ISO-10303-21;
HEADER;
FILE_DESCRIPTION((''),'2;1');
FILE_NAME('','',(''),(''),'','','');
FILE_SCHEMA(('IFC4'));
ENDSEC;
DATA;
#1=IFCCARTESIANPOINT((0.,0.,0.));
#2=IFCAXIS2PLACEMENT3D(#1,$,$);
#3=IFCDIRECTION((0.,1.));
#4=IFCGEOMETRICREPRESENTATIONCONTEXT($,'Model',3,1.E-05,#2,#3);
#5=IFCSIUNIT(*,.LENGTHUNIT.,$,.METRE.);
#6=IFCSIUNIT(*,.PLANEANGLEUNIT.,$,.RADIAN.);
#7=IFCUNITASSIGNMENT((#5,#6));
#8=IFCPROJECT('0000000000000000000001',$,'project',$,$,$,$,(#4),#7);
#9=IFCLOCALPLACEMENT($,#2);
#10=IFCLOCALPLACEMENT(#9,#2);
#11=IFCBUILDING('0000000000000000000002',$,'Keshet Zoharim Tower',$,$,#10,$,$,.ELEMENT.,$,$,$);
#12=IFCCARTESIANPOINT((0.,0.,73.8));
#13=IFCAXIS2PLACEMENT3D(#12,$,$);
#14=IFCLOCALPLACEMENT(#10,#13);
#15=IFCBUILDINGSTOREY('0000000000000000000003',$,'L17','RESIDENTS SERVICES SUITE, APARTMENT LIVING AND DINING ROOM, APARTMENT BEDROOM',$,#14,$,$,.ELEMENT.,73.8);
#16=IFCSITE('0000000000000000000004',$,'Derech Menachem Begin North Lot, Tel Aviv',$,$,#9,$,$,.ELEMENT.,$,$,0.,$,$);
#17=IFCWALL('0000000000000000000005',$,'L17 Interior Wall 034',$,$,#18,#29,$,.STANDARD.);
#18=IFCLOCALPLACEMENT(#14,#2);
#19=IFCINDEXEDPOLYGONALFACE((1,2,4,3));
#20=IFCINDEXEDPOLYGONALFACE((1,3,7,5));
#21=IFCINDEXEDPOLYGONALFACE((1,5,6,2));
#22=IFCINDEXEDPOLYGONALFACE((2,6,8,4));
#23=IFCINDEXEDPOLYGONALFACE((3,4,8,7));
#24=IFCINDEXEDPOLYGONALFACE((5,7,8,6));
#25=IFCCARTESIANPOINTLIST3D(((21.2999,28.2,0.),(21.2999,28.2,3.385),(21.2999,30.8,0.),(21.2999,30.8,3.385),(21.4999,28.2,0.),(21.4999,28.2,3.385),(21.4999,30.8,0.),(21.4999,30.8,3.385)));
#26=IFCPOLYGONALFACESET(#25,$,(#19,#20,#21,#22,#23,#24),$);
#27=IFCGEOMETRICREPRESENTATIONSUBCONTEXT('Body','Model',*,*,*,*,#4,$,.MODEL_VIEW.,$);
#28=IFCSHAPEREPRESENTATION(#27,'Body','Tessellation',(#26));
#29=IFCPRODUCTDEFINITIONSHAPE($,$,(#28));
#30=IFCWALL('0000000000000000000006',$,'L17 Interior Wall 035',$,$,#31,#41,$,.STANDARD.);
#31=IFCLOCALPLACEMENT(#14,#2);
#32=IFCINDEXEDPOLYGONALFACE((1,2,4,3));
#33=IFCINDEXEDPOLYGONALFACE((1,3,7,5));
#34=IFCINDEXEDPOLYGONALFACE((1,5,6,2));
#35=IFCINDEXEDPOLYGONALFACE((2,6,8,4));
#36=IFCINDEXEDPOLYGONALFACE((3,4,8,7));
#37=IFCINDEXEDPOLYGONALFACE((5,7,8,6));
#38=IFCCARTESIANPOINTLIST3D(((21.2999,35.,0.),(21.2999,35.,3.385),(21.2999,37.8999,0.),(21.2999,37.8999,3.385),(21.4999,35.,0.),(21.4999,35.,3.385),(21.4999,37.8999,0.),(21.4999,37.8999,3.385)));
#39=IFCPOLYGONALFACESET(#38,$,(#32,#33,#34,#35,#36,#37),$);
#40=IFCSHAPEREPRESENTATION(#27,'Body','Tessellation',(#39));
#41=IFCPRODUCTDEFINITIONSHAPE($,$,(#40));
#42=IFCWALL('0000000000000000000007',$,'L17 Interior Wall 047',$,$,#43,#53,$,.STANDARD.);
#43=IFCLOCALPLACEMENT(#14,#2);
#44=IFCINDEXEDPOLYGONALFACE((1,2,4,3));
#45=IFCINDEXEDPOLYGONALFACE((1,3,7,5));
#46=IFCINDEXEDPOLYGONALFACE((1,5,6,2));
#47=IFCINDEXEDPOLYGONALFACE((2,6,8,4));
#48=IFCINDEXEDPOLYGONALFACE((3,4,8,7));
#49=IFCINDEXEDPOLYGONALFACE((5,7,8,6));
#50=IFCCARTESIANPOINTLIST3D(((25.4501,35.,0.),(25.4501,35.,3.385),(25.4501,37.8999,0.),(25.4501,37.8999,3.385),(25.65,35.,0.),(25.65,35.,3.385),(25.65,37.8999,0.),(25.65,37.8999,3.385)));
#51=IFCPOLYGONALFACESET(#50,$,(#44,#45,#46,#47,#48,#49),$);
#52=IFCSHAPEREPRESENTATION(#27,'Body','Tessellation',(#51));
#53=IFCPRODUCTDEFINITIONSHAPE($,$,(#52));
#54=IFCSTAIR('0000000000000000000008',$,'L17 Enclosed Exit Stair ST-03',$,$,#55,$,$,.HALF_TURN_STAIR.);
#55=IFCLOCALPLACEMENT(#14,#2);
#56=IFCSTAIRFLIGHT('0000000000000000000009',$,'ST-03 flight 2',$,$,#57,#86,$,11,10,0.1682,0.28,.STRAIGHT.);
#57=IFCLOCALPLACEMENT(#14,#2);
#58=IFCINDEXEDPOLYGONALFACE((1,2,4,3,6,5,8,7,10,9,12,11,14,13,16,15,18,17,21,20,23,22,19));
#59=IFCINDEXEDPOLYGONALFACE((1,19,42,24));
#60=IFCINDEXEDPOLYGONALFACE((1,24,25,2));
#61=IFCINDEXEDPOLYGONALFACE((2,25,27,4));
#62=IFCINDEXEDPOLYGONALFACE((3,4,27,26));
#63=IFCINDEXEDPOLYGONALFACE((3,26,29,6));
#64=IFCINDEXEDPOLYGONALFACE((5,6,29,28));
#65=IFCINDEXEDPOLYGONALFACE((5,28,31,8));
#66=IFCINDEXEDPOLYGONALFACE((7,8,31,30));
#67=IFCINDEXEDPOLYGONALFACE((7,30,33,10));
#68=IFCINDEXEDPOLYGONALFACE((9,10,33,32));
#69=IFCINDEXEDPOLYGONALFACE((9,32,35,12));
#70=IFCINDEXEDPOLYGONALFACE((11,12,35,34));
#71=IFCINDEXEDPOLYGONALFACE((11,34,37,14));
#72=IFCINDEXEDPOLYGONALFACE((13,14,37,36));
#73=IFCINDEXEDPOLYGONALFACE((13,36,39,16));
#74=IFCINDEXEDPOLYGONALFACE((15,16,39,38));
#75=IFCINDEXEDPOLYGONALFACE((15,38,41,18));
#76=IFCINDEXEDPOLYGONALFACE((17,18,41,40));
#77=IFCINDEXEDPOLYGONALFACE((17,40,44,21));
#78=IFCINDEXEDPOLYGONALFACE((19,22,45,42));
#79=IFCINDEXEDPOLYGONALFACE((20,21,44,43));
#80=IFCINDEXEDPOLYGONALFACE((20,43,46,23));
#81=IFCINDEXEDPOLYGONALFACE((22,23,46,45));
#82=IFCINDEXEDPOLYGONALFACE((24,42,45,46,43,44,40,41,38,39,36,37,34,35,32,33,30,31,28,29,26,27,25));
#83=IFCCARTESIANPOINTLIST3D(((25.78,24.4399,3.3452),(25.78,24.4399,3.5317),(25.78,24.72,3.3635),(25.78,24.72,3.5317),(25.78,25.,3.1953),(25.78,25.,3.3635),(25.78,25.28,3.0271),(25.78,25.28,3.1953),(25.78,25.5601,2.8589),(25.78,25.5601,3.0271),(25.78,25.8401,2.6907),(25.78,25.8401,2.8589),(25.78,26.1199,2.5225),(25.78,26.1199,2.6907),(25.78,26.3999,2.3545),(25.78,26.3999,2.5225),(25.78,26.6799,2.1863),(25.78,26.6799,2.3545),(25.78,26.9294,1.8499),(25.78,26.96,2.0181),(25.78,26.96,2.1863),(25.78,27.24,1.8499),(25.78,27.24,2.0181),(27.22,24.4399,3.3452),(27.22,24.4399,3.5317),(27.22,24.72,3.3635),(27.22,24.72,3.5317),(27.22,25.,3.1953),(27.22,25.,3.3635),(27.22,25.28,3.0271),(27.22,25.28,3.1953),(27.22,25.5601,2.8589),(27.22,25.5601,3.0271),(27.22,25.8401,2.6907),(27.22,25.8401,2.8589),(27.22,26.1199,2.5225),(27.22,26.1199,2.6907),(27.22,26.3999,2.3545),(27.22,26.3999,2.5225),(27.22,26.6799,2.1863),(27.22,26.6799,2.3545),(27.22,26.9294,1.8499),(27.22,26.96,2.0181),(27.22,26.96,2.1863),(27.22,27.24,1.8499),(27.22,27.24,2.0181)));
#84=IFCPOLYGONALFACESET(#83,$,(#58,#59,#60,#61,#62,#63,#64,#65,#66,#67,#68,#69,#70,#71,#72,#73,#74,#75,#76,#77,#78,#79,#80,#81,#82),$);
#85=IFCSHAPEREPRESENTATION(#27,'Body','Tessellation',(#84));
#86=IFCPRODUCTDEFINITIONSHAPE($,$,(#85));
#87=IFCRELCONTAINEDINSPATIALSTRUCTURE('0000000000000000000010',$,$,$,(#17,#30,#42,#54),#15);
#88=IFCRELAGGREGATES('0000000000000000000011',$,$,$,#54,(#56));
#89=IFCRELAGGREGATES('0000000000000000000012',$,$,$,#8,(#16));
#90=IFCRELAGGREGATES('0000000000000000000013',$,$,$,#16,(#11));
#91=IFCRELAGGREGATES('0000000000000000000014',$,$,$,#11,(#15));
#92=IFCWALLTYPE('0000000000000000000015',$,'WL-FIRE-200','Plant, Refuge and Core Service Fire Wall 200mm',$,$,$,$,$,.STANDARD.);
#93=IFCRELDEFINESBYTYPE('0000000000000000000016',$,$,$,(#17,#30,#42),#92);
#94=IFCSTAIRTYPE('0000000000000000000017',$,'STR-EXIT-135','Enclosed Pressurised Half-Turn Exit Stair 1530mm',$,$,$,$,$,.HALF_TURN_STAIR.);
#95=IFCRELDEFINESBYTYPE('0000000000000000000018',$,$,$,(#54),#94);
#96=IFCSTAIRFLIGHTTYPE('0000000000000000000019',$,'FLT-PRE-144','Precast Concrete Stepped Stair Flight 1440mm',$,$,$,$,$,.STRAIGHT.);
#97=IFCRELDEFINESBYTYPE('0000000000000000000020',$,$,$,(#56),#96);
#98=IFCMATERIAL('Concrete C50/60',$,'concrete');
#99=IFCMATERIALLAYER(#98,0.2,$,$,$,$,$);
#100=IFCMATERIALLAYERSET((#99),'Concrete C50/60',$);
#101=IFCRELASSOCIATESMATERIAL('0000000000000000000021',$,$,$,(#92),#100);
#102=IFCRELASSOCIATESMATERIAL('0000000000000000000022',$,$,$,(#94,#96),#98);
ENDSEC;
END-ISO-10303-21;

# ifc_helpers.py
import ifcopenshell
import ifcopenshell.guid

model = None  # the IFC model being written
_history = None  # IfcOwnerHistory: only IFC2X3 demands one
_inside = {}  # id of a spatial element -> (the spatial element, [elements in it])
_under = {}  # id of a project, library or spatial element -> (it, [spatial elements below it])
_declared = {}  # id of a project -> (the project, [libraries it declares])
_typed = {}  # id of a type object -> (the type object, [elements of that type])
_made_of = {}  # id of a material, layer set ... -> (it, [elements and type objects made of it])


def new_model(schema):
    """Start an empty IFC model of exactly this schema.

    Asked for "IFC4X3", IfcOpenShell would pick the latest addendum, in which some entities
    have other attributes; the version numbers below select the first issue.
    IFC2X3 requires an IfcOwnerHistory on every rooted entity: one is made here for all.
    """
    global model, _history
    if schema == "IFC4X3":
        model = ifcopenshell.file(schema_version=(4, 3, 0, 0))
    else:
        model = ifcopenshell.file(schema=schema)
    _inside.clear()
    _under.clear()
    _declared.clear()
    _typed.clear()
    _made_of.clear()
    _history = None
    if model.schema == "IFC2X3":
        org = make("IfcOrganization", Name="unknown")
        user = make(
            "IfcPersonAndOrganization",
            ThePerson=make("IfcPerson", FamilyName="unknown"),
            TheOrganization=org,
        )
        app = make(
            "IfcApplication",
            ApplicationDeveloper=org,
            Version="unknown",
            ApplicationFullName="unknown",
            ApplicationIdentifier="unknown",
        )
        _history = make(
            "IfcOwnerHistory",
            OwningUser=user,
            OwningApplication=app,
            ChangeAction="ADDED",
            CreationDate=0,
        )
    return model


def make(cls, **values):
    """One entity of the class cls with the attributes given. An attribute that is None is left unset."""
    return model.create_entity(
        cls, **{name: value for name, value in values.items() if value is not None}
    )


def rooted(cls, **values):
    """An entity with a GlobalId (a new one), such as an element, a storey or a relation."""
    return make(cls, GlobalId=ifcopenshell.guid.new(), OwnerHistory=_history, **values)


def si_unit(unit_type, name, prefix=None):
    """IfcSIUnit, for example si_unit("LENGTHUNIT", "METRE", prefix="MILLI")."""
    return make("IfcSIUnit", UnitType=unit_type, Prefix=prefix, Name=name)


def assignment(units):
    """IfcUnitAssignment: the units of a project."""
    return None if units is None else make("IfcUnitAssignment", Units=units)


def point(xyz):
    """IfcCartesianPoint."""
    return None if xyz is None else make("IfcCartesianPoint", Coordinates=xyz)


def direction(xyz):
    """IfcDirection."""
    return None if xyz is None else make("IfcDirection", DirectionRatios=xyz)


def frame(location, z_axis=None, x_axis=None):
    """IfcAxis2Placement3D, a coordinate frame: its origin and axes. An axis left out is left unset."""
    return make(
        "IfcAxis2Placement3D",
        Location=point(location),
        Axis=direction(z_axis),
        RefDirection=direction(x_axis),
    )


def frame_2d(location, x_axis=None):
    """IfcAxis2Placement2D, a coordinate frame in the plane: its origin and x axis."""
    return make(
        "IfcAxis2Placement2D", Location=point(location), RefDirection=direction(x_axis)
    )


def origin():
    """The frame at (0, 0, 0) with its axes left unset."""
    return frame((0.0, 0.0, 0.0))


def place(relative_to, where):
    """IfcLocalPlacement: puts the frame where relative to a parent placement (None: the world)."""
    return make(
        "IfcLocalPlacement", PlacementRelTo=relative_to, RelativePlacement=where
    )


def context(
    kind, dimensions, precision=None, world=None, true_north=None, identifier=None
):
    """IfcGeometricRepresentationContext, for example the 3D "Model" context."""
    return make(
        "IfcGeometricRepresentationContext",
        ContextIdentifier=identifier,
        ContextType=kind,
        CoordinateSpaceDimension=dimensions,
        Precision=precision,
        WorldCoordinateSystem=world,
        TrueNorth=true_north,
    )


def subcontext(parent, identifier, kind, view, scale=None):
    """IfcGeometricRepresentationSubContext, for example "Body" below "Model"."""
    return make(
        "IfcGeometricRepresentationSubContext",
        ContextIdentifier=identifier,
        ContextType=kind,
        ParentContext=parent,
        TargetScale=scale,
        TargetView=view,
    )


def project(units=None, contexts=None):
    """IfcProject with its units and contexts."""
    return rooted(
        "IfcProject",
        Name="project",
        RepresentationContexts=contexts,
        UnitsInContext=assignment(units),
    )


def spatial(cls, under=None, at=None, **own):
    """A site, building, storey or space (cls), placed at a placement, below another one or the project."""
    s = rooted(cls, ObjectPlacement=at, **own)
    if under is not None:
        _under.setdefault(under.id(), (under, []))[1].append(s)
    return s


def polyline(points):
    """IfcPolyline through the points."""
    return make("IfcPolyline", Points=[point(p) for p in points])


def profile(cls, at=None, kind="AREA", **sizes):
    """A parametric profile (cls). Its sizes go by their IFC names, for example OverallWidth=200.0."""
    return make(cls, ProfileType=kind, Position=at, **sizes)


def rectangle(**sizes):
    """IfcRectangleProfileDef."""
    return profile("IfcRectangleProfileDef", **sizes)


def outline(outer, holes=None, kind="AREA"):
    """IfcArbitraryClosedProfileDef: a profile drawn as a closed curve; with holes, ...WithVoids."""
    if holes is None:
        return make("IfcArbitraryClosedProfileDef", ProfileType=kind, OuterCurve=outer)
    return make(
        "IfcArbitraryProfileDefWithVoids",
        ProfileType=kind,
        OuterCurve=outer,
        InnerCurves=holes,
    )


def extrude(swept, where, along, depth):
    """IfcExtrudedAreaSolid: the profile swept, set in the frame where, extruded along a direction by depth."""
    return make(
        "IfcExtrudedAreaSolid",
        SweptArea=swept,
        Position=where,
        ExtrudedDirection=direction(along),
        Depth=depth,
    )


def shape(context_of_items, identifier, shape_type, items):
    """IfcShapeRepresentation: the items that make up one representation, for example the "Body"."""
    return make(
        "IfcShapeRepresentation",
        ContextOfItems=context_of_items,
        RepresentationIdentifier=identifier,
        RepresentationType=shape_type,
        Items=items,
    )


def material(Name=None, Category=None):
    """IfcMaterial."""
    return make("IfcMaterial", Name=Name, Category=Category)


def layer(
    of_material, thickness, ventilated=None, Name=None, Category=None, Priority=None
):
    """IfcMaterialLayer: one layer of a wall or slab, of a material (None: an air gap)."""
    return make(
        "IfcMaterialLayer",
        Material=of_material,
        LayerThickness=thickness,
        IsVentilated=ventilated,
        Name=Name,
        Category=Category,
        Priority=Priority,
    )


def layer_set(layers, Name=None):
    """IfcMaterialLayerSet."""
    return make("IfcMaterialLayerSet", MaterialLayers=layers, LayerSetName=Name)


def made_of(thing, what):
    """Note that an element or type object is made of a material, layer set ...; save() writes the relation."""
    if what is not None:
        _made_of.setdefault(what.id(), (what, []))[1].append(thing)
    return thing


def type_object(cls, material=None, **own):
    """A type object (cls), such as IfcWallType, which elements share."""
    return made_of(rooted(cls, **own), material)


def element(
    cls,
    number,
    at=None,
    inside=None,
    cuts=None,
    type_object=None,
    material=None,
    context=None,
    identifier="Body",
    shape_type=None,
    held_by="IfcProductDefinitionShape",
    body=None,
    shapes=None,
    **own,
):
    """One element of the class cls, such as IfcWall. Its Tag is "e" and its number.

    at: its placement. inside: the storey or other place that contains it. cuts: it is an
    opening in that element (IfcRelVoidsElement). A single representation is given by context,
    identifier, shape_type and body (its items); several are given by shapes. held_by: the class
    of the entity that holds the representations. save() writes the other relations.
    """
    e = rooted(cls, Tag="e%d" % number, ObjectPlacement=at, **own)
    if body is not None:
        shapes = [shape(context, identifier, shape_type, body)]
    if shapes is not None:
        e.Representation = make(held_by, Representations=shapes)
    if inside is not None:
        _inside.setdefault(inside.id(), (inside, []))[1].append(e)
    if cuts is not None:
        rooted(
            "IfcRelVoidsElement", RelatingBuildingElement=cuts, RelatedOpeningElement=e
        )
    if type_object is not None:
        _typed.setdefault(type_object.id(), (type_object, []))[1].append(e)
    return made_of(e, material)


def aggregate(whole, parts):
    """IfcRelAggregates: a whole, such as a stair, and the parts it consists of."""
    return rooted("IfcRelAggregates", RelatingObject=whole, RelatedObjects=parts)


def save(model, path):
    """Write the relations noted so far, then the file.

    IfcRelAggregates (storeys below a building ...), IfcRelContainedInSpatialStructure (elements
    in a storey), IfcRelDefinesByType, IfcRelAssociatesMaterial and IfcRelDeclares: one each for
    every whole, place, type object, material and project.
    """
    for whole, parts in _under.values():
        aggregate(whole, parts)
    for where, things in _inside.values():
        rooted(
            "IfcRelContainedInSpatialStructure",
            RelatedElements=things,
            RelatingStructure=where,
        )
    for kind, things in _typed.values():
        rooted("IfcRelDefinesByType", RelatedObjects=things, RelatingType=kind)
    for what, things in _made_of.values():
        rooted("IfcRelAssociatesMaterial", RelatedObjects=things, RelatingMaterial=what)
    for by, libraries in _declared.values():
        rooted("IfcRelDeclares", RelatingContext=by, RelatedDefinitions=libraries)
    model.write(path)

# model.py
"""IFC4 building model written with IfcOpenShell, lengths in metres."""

from ifc_helpers import new_model, si_unit, direction, frame, frame_2d, origin, place, context, subcontext, project, spatial, polyline, rectangle, outline, extrude, material, layer, layer_set, type_object, element, aggregate, save


model = new_model("IFC4")

# Units and contexts
model_context = context("Model", 3, precision=1e-05, world=origin(), true_north=direction((0.0, 1.0)))
body_context = subcontext(model_context, "Body", "Model", "MODEL_VIEW")
ifc_project = project(units=[si_unit("LENGTHUNIT", "METRE"), si_unit("PLANEANGLEUNIT", "RADIAN")], contexts=[model_context])

# Site, building, storey
site_placement = place(None, origin())
site = spatial("IfcSite", under=ifc_project, at=site_placement, Name="Derech Menachem Begin North Lot, Tel Aviv", CompositionType="ELEMENT", RefElevation=0.0)
building_placement = place(site_placement, origin())
building = spatial("IfcBuilding", under=site, at=building_placement, Name="Keshet Zoharim Tower", CompositionType="ELEMENT")
storey_placement = place(building_placement, frame((0.0, 0.0, 73.8)))
storey = spatial("IfcBuildingStorey", under=building, at=storey_placement, Name="L17", Description="RESIDENTS SERVICES SUITE, APARTMENT LIVING AND DINING ROOM, APARTMENT BEDROOM", CompositionType="ELEMENT", Elevation=73.8)

# Walls
ifc_material_1 = material(Name="Concrete C50/60", Category="concrete")
ifc_layer_1 = layer(ifc_material_1, 0.2)
ifc_layer_set_1 = layer_set([ifc_layer_1], Name="Concrete C50/60")
wall_type_1 = type_object("IfcWallType", Name="WL-FIRE-200", Description="Plant, Refuge and Core Service Fire Wall 200mm", PredefinedType="STANDARD", material=ifc_layer_set_1)
wall_1_placement = place(storey_placement, frame((21.3999, 28.2, 0.0), z_axis=(0.0, 0.0, 1.0), x_axis=(0.0, 1.0, 0.0)))
element("IfcWall", 1, at=wall_1_placement, inside=storey, type_object=wall_type_1, Name="L17 Interior Wall 034", PredefinedType="STANDARD", context=body_context, shape_type="SweptSolid", body=[
    extrude(rectangle(XDim=2.6001, YDim=0.2, at=frame_2d((1.3, 0.0))), origin(), (0.0, 0.0, 1.0), 3.385),
])
for number, where, z_axis, x_axis, name in (
    (2, (21.3999, 35.0, 0.0), (0.0, 0.0, 1.0), (0.0, 1.0, 0.0), "L17 Interior Wall 035"),
    (3, (25.55, 35.0, 0.0), (0.0, 0.0, 1.0), (0.0, 1.0, 0.0), "L17 Interior Wall 047"),
):
    element("IfcWall", number, at=place(storey_placement, frame(where, z_axis=z_axis, x_axis=x_axis)), inside=storey, type_object=wall_type_1, Name=name, PredefinedType="STANDARD", context=body_context, shape_type="SweptSolid", body=[
        extrude(rectangle(XDim=2.8999, YDim=0.2, at=frame_2d((1.45, 0.0))), origin(), (0.0, 0.0, 1.0), 3.385),
    ])

# Stair, stair flight
stair_type = type_object("IfcStairType", Name="STR-EXIT-135", Description="Enclosed Pressurised Half-Turn Exit Stair 1530mm", PredefinedType="HALF_TURN_STAIR", material=ifc_material_1)
stair_placement = place(storey_placement, origin())
stair = element("IfcStair", 4, at=stair_placement, inside=storey, type_object=stair_type, Name="L17 Enclosed Exit Stair ST-03", PredefinedType="HALF_TURN_STAIR")
stair_flight_type = type_object("IfcStairFlightType", Name="FLT-PRE-144", Description="Precast Concrete Stepped Stair Flight 1440mm", PredefinedType="STRAIGHT", material=ifc_material_1)
stair_flight_placement = place(storey_placement, frame((26.5, 27.24, 1.8499), z_axis=(0.0, 0.0, 1.0), x_axis=(0.0, -1.0, 0.0)))
stair_flight = element("IfcStairFlight", 5, at=stair_flight_placement, type_object=stair_flight_type, Name="ST-03 flight 2", NumberOfRisers=11, NumberOfTreads=10, PredefinedType="STRAIGHT", RiserHeight=0.1682, TreadLength=0.28, context=body_context, shape_type="SweptSolid", body=[
    extrude(outline(polyline([(0.0, 0.0), (0.0, 0.1682), (0.28, 0.1682), (0.28, 0.3364), (0.5601, 0.3364), (0.5601, 0.5046), (0.8401, 0.5046), (0.8401, 0.6726), (1.1201, 0.6726), (1.1201, 0.8408), (1.3999, 0.8408), (1.3999, 1.009), (1.6799, 1.009), (1.6799, 1.1772), (1.96, 1.1772), (1.96, 1.3455), (2.24, 1.3455), (2.24, 1.5137), (2.52, 1.5137), (2.52, 1.6819), (2.8, 1.6819), (2.8, 1.8501), (2.8, 1.4954), (0.3105, 0.0), (0.0, 0.0)])), frame((0.0, 0.72, 0.0), z_axis=(0.0, -1.0, 0.0), x_axis=(1.0, 0.0, 0.0)), (0.0, 0.0, 1.0), 1.4399),
])
aggregate(stair, [stair_flight])

save(model, "model.ifc")
